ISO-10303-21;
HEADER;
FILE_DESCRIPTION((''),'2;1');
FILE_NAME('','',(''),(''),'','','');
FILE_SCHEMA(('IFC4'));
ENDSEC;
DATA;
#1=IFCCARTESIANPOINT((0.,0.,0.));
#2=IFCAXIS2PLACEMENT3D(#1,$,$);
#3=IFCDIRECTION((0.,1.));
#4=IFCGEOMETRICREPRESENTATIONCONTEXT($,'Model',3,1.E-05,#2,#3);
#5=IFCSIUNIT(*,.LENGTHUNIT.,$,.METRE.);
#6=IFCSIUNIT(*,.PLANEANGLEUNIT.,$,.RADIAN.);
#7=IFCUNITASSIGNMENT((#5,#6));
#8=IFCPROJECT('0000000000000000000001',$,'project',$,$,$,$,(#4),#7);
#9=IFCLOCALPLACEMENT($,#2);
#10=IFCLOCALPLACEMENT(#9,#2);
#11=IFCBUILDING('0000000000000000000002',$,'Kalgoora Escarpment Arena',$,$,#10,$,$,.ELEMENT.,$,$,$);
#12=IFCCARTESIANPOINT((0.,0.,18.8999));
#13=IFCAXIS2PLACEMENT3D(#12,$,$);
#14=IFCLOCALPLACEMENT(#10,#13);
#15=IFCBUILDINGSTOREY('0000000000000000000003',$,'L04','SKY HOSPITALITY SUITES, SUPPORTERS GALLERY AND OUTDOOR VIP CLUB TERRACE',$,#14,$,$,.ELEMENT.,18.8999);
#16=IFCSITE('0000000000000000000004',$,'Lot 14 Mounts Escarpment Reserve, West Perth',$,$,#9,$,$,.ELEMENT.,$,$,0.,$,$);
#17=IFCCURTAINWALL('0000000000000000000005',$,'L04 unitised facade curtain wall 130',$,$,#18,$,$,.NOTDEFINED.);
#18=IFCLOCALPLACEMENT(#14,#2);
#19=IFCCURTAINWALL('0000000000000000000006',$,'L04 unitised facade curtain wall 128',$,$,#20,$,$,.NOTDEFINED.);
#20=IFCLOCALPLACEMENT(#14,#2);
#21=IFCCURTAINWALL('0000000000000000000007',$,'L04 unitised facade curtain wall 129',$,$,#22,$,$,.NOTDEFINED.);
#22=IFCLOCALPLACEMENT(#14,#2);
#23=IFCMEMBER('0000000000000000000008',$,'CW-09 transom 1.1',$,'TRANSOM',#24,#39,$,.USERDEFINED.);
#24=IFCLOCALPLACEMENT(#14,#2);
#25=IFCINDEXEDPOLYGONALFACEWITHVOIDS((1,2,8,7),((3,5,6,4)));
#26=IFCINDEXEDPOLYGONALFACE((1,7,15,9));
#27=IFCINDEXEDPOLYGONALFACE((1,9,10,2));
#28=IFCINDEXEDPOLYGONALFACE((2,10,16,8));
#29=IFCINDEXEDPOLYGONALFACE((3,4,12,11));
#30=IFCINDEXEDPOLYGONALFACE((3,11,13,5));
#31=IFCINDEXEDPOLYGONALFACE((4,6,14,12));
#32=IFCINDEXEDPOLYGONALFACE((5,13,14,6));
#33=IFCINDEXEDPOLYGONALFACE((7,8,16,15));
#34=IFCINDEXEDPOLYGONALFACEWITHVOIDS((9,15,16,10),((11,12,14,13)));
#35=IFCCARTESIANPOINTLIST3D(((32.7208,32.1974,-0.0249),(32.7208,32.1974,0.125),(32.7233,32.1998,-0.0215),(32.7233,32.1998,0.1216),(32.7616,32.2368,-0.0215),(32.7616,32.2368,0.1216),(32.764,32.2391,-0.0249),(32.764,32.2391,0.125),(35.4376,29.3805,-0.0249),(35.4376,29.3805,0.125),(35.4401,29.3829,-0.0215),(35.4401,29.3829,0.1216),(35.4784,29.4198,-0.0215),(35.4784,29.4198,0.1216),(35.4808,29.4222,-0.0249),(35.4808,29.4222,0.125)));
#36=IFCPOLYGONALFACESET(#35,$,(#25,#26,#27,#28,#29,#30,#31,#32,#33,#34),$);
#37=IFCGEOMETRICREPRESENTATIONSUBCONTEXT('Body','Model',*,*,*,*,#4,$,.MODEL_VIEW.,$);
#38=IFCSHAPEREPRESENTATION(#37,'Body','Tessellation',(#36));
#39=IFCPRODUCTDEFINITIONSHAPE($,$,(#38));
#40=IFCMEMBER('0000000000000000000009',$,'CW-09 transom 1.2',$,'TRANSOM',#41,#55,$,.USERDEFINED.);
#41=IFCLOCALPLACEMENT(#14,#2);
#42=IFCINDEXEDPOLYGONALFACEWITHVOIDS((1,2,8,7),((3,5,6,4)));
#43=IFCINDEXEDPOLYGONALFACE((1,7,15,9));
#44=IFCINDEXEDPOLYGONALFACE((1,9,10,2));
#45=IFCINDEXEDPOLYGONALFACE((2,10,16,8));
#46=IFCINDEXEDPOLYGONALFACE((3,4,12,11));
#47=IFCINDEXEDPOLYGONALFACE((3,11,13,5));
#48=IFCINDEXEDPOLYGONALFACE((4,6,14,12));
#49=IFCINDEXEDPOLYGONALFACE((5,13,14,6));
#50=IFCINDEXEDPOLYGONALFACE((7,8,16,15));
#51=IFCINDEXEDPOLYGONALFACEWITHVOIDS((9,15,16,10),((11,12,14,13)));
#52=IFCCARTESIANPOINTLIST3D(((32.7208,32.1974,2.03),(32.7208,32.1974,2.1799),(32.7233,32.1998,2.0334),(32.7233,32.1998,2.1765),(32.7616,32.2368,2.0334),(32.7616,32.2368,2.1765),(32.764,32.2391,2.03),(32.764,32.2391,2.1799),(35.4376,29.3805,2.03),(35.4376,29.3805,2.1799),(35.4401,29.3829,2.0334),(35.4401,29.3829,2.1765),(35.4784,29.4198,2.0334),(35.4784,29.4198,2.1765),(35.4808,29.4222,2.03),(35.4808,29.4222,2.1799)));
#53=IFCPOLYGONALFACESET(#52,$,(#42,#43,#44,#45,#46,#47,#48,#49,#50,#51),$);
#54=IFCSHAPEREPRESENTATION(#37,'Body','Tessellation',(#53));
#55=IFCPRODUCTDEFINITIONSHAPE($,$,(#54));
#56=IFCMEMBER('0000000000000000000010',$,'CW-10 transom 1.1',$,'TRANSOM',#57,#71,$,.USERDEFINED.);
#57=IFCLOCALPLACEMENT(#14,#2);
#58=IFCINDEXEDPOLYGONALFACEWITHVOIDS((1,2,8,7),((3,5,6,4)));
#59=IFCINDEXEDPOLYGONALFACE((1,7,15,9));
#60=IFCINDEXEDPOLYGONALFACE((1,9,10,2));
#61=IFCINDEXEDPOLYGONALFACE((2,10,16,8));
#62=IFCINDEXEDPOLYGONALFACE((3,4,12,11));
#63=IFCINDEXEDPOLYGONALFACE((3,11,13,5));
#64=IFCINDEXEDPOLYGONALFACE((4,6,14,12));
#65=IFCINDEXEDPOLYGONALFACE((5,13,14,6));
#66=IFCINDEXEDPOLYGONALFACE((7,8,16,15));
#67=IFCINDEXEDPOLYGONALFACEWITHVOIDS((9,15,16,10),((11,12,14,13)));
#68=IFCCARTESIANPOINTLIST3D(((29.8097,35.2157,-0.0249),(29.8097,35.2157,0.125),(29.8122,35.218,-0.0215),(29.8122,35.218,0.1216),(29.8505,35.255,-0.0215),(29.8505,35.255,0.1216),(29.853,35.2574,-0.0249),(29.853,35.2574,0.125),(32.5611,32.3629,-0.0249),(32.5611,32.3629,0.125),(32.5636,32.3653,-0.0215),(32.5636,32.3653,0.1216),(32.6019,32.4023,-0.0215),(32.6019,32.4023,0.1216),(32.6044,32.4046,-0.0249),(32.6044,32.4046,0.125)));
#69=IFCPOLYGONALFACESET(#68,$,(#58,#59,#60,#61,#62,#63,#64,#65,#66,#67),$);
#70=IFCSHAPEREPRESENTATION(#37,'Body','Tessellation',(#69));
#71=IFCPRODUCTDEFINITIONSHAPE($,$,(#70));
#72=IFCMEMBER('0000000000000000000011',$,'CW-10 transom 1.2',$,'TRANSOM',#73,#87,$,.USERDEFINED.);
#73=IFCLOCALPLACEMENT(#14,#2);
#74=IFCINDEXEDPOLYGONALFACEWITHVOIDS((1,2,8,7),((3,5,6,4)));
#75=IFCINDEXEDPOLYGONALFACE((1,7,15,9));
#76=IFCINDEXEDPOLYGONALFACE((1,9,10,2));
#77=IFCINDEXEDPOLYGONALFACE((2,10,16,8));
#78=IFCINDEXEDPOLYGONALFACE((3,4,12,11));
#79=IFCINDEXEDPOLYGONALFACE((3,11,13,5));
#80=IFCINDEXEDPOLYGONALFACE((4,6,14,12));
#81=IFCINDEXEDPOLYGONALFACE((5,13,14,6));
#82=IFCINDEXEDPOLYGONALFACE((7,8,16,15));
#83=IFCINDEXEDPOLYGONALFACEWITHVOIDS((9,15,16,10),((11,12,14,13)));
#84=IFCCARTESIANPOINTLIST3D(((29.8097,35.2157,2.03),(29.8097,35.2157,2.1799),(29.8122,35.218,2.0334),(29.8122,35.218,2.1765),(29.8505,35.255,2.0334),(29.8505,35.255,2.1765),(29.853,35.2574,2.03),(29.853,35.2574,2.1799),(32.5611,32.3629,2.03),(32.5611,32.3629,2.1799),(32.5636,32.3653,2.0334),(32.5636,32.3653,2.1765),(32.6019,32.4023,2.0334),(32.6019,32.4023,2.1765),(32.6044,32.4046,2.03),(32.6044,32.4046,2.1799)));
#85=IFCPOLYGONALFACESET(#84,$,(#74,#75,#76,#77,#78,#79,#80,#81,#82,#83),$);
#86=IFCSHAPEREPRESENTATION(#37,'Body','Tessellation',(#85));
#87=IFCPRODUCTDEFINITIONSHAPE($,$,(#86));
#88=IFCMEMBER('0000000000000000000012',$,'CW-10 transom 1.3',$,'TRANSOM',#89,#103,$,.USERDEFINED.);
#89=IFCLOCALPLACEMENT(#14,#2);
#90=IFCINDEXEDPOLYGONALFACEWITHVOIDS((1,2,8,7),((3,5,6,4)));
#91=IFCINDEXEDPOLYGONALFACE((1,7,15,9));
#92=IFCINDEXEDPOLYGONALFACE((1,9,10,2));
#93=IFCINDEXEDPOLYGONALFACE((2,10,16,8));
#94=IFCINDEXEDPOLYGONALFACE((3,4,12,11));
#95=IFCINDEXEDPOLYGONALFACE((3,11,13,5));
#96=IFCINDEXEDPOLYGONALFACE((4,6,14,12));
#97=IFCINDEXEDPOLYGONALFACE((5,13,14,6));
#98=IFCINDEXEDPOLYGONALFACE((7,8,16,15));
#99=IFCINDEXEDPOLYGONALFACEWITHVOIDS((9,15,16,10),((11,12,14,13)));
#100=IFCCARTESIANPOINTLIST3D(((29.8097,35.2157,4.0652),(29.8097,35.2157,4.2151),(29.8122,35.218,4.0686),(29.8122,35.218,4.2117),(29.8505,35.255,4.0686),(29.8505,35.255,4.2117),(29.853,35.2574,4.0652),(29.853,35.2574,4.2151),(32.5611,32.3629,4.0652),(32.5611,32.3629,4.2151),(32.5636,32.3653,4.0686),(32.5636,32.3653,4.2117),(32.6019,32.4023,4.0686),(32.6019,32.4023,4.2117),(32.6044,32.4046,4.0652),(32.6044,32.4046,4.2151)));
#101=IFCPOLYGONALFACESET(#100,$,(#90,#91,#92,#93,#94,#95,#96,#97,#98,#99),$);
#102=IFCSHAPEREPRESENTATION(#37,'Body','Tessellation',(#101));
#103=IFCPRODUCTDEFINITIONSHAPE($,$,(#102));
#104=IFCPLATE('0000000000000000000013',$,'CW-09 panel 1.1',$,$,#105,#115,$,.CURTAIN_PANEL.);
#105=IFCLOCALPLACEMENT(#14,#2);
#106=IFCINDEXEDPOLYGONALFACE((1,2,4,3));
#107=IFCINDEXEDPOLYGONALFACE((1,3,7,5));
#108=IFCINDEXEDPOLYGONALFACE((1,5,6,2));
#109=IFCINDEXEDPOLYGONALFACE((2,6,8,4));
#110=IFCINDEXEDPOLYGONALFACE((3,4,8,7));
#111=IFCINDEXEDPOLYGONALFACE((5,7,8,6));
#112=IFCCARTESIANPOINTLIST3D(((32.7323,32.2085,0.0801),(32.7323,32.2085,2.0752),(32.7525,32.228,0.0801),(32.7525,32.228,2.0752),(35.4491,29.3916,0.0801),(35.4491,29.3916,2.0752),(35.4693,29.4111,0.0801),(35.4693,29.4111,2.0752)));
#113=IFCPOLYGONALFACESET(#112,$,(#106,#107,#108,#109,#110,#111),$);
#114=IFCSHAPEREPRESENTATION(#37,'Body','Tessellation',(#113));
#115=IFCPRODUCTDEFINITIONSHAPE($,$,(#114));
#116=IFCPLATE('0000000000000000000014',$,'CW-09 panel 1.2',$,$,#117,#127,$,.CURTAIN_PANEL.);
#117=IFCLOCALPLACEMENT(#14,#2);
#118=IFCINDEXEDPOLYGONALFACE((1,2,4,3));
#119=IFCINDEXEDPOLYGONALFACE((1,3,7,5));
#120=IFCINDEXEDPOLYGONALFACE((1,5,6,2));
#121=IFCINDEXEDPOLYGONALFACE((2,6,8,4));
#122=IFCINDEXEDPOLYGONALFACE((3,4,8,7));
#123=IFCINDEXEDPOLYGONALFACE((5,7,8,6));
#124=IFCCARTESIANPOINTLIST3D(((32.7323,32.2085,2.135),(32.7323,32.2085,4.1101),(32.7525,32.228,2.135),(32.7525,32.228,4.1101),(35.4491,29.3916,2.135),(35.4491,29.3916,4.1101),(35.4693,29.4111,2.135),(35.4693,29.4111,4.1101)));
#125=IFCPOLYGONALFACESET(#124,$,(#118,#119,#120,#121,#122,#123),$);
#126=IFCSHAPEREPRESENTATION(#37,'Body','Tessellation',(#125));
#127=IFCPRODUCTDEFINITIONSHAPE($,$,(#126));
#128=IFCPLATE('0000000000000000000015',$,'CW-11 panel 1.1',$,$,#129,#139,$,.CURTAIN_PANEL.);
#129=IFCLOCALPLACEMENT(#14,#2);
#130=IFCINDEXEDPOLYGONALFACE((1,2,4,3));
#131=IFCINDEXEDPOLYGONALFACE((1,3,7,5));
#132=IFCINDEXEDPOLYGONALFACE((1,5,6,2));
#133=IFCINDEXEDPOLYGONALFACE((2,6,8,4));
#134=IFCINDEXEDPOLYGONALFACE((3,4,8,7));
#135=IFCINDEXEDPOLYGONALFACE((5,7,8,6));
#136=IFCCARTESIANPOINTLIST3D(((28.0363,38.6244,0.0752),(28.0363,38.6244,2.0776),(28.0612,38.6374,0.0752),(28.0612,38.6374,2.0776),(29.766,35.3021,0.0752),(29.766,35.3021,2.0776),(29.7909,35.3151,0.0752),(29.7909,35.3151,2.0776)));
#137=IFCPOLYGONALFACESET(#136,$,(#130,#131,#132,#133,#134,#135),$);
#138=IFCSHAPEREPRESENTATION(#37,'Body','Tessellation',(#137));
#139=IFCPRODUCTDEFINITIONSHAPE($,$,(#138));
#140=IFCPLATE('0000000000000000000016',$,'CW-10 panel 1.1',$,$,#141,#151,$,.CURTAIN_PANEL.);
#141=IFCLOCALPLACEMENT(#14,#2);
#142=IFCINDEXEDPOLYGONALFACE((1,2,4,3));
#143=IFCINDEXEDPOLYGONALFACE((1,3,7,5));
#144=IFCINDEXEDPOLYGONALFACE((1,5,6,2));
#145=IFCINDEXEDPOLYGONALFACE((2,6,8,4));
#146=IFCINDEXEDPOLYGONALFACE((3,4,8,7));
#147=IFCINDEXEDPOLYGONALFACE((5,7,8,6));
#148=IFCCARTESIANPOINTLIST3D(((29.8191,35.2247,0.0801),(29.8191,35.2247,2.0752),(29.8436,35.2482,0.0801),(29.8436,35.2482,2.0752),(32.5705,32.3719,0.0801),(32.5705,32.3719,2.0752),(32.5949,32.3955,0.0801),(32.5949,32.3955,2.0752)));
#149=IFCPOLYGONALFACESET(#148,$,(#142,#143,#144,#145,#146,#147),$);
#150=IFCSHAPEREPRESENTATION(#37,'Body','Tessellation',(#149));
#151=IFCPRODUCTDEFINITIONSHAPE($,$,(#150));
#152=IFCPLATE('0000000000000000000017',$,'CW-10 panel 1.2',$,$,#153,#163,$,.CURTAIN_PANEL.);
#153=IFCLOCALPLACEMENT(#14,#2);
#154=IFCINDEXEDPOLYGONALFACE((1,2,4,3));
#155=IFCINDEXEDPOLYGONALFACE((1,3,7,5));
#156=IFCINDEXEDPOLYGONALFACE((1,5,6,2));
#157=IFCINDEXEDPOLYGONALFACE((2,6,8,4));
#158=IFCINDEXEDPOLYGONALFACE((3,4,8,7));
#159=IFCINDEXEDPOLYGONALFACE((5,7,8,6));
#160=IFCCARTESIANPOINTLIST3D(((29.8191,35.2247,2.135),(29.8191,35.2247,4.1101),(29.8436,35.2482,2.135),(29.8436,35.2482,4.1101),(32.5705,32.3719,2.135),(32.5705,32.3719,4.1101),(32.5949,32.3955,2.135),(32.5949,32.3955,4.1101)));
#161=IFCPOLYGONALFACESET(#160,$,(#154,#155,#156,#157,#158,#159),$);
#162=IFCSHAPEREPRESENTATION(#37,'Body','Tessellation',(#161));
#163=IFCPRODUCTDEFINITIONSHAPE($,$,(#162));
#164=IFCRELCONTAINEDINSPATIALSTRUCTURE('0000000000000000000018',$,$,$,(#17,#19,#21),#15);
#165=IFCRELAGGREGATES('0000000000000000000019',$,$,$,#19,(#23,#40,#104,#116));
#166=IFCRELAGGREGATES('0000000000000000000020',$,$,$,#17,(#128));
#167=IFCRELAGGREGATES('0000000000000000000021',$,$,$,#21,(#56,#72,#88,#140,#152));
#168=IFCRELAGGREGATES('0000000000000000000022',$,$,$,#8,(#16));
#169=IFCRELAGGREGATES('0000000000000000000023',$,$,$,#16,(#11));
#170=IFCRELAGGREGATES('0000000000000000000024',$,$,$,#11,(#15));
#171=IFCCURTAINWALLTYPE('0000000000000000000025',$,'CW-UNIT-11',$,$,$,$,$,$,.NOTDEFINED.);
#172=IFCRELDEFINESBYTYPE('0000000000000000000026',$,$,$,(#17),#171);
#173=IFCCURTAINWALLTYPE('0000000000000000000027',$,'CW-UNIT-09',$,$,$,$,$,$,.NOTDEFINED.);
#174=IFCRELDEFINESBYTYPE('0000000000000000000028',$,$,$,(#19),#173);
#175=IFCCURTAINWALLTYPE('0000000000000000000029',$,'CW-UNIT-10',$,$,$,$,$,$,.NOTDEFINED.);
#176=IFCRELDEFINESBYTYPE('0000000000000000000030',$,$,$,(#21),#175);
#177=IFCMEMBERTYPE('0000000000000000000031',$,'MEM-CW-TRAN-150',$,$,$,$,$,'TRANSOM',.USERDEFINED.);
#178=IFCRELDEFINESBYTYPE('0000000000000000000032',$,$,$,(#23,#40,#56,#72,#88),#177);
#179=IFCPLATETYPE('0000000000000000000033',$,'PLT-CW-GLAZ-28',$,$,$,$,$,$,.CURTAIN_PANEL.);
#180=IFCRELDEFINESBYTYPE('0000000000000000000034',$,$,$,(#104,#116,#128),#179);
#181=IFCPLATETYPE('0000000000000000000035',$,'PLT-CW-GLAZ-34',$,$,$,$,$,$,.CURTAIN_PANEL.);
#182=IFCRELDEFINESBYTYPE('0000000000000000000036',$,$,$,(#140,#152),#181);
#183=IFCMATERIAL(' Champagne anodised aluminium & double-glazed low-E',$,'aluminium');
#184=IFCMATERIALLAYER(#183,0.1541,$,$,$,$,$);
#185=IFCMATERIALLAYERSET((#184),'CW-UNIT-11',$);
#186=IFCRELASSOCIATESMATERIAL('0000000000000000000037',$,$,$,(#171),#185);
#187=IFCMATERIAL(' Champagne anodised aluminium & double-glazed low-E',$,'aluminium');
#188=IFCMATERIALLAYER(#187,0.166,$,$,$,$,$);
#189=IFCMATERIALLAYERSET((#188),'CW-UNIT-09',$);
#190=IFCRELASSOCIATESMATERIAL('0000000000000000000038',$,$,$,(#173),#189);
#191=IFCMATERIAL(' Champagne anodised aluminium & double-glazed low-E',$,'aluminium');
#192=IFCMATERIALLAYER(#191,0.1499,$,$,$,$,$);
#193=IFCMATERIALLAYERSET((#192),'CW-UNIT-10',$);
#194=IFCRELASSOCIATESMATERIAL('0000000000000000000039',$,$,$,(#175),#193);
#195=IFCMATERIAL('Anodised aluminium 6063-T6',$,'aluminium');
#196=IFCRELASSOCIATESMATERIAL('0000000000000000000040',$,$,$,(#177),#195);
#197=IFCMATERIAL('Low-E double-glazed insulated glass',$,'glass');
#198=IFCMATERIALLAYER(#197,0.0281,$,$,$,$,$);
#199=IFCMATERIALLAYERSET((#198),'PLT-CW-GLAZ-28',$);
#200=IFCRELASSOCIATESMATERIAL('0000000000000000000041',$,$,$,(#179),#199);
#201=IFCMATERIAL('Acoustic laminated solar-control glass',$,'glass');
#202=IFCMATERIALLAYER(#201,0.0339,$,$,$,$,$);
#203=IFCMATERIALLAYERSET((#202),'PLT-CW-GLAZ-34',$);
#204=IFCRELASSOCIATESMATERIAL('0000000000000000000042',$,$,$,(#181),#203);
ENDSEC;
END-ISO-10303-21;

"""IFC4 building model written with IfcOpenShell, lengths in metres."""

from ifc_helpers import new_model, si_unit, direction, frame, origin, origin_2d, place, context, subcontext, project, spatial, rectangle, hollow_rectangle, extrude, material, layer, layer_set, material_profile, profile_set, type_object, element, aggregate, save


model = new_model("IFC4")

# Units and contexts
model_context = context("Model", 3, precision=1e-05, world=origin(), true_north=direction((0.0, 1.0)))
body_context = subcontext(model_context, "Body", "Model", "MODEL_VIEW")
ifc_project = project(units=[si_unit("LENGTHUNIT", "METRE"), si_unit("PLANEANGLEUNIT", "RADIAN")], contexts=[model_context])

# Site, building, storey
site_placement = place(None, origin())
site = spatial("IfcSite", under=ifc_project, at=site_placement, Name="Lot 14 Mounts Escarpment Reserve, West Perth", CompositionType="ELEMENT", RefElevation=0.0)
building_placement = place(site_placement, origin())
building = spatial("IfcBuilding", under=site, at=building_placement, Name="Kalgoora Escarpment Arena", CompositionType="ELEMENT")
storey_placement = place(building_placement, frame((0.0, 0.0, 18.8999)))
storey = spatial("IfcBuildingStorey", under=building, at=storey_placement, Name="L04", Description="SKY HOSPITALITY SUITES, SUPPORTERS GALLERY AND OUTDOOR VIP CLUB TERRACE", CompositionType="ELEMENT", Elevation=18.8999)

# Curtain walls
ifc_material_1 = material(Name=" Champagne anodised aluminium & double-glazed low-E", Category="aluminium")
ifc_layer_1 = layer(ifc_material_1, 0.1541)
ifc_layer_set_1 = layer_set([ifc_layer_1], Name="CW-UNIT-11")
curtain_wall_type_1 = type_object("IfcCurtainWallType", Name="CW-UNIT-11", PredefinedType="NOTDEFINED", material=ifc_layer_set_1)
curtain_wall_1_placement = place(storey_placement, origin())
curtain_wall_1 = element("IfcCurtainWall", 1, at=curtain_wall_1_placement, inside=storey, type_object=curtain_wall_type_1, Name="L04 unitised facade curtain wall 130", PredefinedType="NOTDEFINED")
ifc_material_2 = material(Name=" Champagne anodised aluminium & double-glazed low-E", Category="aluminium")
ifc_layer_2 = layer(ifc_material_2, 0.166)
ifc_layer_set_2 = layer_set([ifc_layer_2], Name="CW-UNIT-09")
curtain_wall_type_2 = type_object("IfcCurtainWallType", Name="CW-UNIT-09", PredefinedType="NOTDEFINED", material=ifc_layer_set_2)
curtain_wall_2_placement = place(storey_placement, origin())
curtain_wall_2 = element("IfcCurtainWall", 2, at=curtain_wall_2_placement, inside=storey, type_object=curtain_wall_type_2, Name="L04 unitised facade curtain wall 128", PredefinedType="NOTDEFINED")

# Curtain wall
ifc_material_3 = material(Name=" Champagne anodised aluminium & double-glazed low-E", Category="aluminium")
ifc_layer_3 = layer(ifc_material_3, 0.1499)
ifc_layer_set_3 = layer_set([ifc_layer_3], Name="CW-UNIT-10")
curtain_wall_type_3 = type_object("IfcCurtainWallType", Name="CW-UNIT-10", PredefinedType="NOTDEFINED", material=ifc_layer_set_3)
curtain_wall_3_placement = place(storey_placement, origin())
curtain_wall_3 = element("IfcCurtainWall", 3, at=curtain_wall_3_placement, inside=storey, type_object=curtain_wall_type_3, Name="L04 unitised facade curtain wall 129", PredefinedType="NOTDEFINED")

# Members
ifc_material_4 = material(Name="Anodised aluminium 6063-T6", Category="aluminium")
ifc_material_profile_1 = material_profile(ifc_material_4, hollow_rectangle(XDim=0.0601, YDim=0.1499, WallThickness=0.0034, at=origin_2d()))
ifc_profile_set_1 = profile_set([ifc_material_profile_1], Name="Anodised aluminium 6063-T6")
member_type_1 = type_object("IfcMemberType", Name="MEM-CW-TRAN-150", ElementType="TRANSOM", PredefinedType="USERDEFINED", material=ifc_profile_set_1)
member_1_placement = place(storey_placement, frame((35.4592, 29.4014, 0.05), z_axis=(-0.694203, 0.71978, 0.0), x_axis=(-0.71978, -0.694203, 0.0)))
member_1 = element("IfcMember", 4, at=member_1_placement, type_object=member_type_1, Name="CW-09 transom 1.1", ObjectType="TRANSOM", PredefinedType="USERDEFINED", context=body_context, shape_type="SweptSolid", body=[
    extrude(hollow_rectangle(XDim=0.0601, YDim=0.1499, WallThickness=0.0034, at=origin_2d()), origin(), (0.0, 0.0, 1.0), 3.9136),
])
member_2_placement = place(storey_placement, frame((35.4592, 29.4014, 2.105), z_axis=(-0.694203, 0.71978, 0.0), x_axis=(-0.71978, -0.694203, 0.0)))
member_2 = element("IfcMember", 5, at=member_2_placement, type_object=member_type_1, Name="CW-09 transom 1.2", ObjectType="TRANSOM", PredefinedType="USERDEFINED", context=body_context, shape_type="SweptSolid", body=[
    extrude(hollow_rectangle(XDim=0.0601, YDim=0.1499, WallThickness=0.0034, at=origin_2d()), origin(), (0.0, 0.0, 1.0), 3.9136),
])
member_3_placement = place(storey_placement, frame((32.5828, 32.3838, 0.05), z_axis=(-0.69421, 0.719773, 0.0), x_axis=(-0.719773, -0.69421, 0.0)))
member_3 = element("IfcMember", 6, at=member_3_placement, type_object=member_type_1, Name="CW-10 transom 1.1", ObjectType="TRANSOM", PredefinedType="USERDEFINED", context=body_context, shape_type="SweptSolid", body=[
    extrude(hollow_rectangle(XDim=0.0601, YDim=0.1499, WallThickness=0.0034, at=origin_2d()), origin(), (0.0, 0.0, 1.0), 3.9634),
])
member_4_placement = place(storey_placement, frame((32.5828, 32.3838, 2.105), z_axis=(-0.69421, 0.719773, 0.0), x_axis=(-0.719773, -0.69421, 0.0)))
member_4 = element("IfcMember", 7, at=member_4_placement, type_object=member_type_1, Name="CW-10 transom 1.2", ObjectType="TRANSOM", PredefinedType="USERDEFINED", context=body_context, shape_type="SweptSolid", body=[
    extrude(hollow_rectangle(XDim=0.0601, YDim=0.1499, WallThickness=0.0034, at=origin_2d()), origin(), (0.0, 0.0, 1.0), 3.9634),
])
member_5_placement = place(storey_placement, frame((32.5828, 32.3838, 4.1401), z_axis=(-0.69421, 0.719773, 0.0), x_axis=(-0.719773, -0.69421, 0.0)))
member_5 = element("IfcMember", 8, at=member_5_placement, type_object=member_type_1, Name="CW-10 transom 1.3", ObjectType="TRANSOM", PredefinedType="USERDEFINED", context=body_context, shape_type="SweptSolid", body=[
    extrude(hollow_rectangle(XDim=0.0601, YDim=0.1499, WallThickness=0.0034, at=origin_2d()), origin(), (0.0, 0.0, 1.0), 3.9634),
])

# Plates
ifc_material_5 = material(Name="Low-E double-glazed insulated glass", Category="glass")
ifc_layer_4 = layer(ifc_material_5, 0.0281)
ifc_layer_set_4 = layer_set([ifc_layer_4], Name="PLT-CW-GLAZ-28")
plate_type_1 = type_object("IfcPlateType", Name="PLT-CW-GLAZ-28", PredefinedType="CURTAIN_PANEL", material=ifc_layer_set_4)
plate_1_placement = place(storey_placement, frame((34.1008, 30.8098, 0.0801), z_axis=(0.0, 0.0, 1.0), x_axis=(-0.694205, 0.719777, 0.0)))
plate_1 = element("IfcPlate", 9, at=plate_1_placement, type_object=plate_type_1, Name="CW-09 panel 1.1", PredefinedType="CURTAIN_PANEL", context=body_context, shape_type="SweptSolid", body=[
    extrude(rectangle(XDim=3.9136, YDim=0.0281, at=origin_2d()), origin(), (0.0, 0.0, 1.0), 1.9951),
])
plate_2_placement = place(storey_placement, frame((34.1008, 30.8098, 2.135), z_axis=(0.0, 0.0, 1.0), x_axis=(-0.694205, 0.719777, 0.0)))
plate_2 = element("IfcPlate", 10, at=plate_2_placement, type_object=plate_type_1, Name="CW-09 panel 1.2", PredefinedType="CURTAIN_PANEL", context=body_context, shape_type="SweptSolid", body=[
    extrude(rectangle(XDim=3.9136, YDim=0.0281, at=origin_2d()), origin(), (0.0, 0.0, 1.0), 1.9751),
])
aggregate(curtain_wall_2, [member_1, member_2, plate_1, plate_2])
plate_3_placement = place(storey_placement, frame((28.9136, 36.9697, 0.0752), z_axis=(0.0, 0.0, 1.0), x_axis=(-0.461796, 0.886986, 0.0)))
plate_3 = element("IfcPlate", 11, at=plate_3_placement, type_object=plate_type_1, Name="CW-11 panel 1.1", PredefinedType="CURTAIN_PANEL", context=body_context, shape_type="SweptSolid", body=[
    extrude(rectangle(XDim=3.7456, YDim=0.0281, at=origin_2d()), origin(), (0.0, 0.0, 1.0), 2.0024),
])
aggregate(curtain_wall_1, [plate_3])
ifc_material_6 = material(Name="Acoustic laminated solar-control glass", Category="glass")
ifc_layer_5 = layer(ifc_material_6, 0.0339)
ifc_layer_set_5 = layer_set([ifc_layer_5], Name="PLT-CW-GLAZ-34")
plate_type_2 = type_object("IfcPlateType", Name="PLT-CW-GLAZ-34", PredefinedType="CURTAIN_PANEL", material=ifc_layer_set_5)
plate_4_placement = place(storey_placement, frame((31.207, 33.8101, 0.0801), z_axis=(0.0, 0.0, 1.0), x_axis=(-0.694202, 0.71978, 0.0)))
plate_4 = element("IfcPlate", 12, at=plate_4_placement, type_object=plate_type_2, Name="CW-10 panel 1.1", PredefinedType="CURTAIN_PANEL", context=body_context, shape_type="SweptSolid", body=[
    extrude(rectangle(XDim=3.9634, YDim=0.0339, at=origin_2d()), origin(), (0.0, 0.0, 1.0), 1.9951),
])
plate_5_placement = place(storey_placement, frame((31.207, 33.8101, 2.135), z_axis=(0.0, 0.0, 1.0), x_axis=(-0.694202, 0.71978, 0.0)))
plate_5 = element("IfcPlate", 13, at=plate_5_placement, type_object=plate_type_2, Name="CW-10 panel 1.2", PredefinedType="CURTAIN_PANEL", context=body_context, shape_type="SweptSolid", body=[
    extrude(rectangle(XDim=3.9634, YDim=0.0339, at=origin_2d()), origin(), (0.0, 0.0, 1.0), 1.9751),
])
aggregate(curtain_wall_3, [member_3, member_4, member_5, plate_4, plate_5])

save(model, "model.ifc")
